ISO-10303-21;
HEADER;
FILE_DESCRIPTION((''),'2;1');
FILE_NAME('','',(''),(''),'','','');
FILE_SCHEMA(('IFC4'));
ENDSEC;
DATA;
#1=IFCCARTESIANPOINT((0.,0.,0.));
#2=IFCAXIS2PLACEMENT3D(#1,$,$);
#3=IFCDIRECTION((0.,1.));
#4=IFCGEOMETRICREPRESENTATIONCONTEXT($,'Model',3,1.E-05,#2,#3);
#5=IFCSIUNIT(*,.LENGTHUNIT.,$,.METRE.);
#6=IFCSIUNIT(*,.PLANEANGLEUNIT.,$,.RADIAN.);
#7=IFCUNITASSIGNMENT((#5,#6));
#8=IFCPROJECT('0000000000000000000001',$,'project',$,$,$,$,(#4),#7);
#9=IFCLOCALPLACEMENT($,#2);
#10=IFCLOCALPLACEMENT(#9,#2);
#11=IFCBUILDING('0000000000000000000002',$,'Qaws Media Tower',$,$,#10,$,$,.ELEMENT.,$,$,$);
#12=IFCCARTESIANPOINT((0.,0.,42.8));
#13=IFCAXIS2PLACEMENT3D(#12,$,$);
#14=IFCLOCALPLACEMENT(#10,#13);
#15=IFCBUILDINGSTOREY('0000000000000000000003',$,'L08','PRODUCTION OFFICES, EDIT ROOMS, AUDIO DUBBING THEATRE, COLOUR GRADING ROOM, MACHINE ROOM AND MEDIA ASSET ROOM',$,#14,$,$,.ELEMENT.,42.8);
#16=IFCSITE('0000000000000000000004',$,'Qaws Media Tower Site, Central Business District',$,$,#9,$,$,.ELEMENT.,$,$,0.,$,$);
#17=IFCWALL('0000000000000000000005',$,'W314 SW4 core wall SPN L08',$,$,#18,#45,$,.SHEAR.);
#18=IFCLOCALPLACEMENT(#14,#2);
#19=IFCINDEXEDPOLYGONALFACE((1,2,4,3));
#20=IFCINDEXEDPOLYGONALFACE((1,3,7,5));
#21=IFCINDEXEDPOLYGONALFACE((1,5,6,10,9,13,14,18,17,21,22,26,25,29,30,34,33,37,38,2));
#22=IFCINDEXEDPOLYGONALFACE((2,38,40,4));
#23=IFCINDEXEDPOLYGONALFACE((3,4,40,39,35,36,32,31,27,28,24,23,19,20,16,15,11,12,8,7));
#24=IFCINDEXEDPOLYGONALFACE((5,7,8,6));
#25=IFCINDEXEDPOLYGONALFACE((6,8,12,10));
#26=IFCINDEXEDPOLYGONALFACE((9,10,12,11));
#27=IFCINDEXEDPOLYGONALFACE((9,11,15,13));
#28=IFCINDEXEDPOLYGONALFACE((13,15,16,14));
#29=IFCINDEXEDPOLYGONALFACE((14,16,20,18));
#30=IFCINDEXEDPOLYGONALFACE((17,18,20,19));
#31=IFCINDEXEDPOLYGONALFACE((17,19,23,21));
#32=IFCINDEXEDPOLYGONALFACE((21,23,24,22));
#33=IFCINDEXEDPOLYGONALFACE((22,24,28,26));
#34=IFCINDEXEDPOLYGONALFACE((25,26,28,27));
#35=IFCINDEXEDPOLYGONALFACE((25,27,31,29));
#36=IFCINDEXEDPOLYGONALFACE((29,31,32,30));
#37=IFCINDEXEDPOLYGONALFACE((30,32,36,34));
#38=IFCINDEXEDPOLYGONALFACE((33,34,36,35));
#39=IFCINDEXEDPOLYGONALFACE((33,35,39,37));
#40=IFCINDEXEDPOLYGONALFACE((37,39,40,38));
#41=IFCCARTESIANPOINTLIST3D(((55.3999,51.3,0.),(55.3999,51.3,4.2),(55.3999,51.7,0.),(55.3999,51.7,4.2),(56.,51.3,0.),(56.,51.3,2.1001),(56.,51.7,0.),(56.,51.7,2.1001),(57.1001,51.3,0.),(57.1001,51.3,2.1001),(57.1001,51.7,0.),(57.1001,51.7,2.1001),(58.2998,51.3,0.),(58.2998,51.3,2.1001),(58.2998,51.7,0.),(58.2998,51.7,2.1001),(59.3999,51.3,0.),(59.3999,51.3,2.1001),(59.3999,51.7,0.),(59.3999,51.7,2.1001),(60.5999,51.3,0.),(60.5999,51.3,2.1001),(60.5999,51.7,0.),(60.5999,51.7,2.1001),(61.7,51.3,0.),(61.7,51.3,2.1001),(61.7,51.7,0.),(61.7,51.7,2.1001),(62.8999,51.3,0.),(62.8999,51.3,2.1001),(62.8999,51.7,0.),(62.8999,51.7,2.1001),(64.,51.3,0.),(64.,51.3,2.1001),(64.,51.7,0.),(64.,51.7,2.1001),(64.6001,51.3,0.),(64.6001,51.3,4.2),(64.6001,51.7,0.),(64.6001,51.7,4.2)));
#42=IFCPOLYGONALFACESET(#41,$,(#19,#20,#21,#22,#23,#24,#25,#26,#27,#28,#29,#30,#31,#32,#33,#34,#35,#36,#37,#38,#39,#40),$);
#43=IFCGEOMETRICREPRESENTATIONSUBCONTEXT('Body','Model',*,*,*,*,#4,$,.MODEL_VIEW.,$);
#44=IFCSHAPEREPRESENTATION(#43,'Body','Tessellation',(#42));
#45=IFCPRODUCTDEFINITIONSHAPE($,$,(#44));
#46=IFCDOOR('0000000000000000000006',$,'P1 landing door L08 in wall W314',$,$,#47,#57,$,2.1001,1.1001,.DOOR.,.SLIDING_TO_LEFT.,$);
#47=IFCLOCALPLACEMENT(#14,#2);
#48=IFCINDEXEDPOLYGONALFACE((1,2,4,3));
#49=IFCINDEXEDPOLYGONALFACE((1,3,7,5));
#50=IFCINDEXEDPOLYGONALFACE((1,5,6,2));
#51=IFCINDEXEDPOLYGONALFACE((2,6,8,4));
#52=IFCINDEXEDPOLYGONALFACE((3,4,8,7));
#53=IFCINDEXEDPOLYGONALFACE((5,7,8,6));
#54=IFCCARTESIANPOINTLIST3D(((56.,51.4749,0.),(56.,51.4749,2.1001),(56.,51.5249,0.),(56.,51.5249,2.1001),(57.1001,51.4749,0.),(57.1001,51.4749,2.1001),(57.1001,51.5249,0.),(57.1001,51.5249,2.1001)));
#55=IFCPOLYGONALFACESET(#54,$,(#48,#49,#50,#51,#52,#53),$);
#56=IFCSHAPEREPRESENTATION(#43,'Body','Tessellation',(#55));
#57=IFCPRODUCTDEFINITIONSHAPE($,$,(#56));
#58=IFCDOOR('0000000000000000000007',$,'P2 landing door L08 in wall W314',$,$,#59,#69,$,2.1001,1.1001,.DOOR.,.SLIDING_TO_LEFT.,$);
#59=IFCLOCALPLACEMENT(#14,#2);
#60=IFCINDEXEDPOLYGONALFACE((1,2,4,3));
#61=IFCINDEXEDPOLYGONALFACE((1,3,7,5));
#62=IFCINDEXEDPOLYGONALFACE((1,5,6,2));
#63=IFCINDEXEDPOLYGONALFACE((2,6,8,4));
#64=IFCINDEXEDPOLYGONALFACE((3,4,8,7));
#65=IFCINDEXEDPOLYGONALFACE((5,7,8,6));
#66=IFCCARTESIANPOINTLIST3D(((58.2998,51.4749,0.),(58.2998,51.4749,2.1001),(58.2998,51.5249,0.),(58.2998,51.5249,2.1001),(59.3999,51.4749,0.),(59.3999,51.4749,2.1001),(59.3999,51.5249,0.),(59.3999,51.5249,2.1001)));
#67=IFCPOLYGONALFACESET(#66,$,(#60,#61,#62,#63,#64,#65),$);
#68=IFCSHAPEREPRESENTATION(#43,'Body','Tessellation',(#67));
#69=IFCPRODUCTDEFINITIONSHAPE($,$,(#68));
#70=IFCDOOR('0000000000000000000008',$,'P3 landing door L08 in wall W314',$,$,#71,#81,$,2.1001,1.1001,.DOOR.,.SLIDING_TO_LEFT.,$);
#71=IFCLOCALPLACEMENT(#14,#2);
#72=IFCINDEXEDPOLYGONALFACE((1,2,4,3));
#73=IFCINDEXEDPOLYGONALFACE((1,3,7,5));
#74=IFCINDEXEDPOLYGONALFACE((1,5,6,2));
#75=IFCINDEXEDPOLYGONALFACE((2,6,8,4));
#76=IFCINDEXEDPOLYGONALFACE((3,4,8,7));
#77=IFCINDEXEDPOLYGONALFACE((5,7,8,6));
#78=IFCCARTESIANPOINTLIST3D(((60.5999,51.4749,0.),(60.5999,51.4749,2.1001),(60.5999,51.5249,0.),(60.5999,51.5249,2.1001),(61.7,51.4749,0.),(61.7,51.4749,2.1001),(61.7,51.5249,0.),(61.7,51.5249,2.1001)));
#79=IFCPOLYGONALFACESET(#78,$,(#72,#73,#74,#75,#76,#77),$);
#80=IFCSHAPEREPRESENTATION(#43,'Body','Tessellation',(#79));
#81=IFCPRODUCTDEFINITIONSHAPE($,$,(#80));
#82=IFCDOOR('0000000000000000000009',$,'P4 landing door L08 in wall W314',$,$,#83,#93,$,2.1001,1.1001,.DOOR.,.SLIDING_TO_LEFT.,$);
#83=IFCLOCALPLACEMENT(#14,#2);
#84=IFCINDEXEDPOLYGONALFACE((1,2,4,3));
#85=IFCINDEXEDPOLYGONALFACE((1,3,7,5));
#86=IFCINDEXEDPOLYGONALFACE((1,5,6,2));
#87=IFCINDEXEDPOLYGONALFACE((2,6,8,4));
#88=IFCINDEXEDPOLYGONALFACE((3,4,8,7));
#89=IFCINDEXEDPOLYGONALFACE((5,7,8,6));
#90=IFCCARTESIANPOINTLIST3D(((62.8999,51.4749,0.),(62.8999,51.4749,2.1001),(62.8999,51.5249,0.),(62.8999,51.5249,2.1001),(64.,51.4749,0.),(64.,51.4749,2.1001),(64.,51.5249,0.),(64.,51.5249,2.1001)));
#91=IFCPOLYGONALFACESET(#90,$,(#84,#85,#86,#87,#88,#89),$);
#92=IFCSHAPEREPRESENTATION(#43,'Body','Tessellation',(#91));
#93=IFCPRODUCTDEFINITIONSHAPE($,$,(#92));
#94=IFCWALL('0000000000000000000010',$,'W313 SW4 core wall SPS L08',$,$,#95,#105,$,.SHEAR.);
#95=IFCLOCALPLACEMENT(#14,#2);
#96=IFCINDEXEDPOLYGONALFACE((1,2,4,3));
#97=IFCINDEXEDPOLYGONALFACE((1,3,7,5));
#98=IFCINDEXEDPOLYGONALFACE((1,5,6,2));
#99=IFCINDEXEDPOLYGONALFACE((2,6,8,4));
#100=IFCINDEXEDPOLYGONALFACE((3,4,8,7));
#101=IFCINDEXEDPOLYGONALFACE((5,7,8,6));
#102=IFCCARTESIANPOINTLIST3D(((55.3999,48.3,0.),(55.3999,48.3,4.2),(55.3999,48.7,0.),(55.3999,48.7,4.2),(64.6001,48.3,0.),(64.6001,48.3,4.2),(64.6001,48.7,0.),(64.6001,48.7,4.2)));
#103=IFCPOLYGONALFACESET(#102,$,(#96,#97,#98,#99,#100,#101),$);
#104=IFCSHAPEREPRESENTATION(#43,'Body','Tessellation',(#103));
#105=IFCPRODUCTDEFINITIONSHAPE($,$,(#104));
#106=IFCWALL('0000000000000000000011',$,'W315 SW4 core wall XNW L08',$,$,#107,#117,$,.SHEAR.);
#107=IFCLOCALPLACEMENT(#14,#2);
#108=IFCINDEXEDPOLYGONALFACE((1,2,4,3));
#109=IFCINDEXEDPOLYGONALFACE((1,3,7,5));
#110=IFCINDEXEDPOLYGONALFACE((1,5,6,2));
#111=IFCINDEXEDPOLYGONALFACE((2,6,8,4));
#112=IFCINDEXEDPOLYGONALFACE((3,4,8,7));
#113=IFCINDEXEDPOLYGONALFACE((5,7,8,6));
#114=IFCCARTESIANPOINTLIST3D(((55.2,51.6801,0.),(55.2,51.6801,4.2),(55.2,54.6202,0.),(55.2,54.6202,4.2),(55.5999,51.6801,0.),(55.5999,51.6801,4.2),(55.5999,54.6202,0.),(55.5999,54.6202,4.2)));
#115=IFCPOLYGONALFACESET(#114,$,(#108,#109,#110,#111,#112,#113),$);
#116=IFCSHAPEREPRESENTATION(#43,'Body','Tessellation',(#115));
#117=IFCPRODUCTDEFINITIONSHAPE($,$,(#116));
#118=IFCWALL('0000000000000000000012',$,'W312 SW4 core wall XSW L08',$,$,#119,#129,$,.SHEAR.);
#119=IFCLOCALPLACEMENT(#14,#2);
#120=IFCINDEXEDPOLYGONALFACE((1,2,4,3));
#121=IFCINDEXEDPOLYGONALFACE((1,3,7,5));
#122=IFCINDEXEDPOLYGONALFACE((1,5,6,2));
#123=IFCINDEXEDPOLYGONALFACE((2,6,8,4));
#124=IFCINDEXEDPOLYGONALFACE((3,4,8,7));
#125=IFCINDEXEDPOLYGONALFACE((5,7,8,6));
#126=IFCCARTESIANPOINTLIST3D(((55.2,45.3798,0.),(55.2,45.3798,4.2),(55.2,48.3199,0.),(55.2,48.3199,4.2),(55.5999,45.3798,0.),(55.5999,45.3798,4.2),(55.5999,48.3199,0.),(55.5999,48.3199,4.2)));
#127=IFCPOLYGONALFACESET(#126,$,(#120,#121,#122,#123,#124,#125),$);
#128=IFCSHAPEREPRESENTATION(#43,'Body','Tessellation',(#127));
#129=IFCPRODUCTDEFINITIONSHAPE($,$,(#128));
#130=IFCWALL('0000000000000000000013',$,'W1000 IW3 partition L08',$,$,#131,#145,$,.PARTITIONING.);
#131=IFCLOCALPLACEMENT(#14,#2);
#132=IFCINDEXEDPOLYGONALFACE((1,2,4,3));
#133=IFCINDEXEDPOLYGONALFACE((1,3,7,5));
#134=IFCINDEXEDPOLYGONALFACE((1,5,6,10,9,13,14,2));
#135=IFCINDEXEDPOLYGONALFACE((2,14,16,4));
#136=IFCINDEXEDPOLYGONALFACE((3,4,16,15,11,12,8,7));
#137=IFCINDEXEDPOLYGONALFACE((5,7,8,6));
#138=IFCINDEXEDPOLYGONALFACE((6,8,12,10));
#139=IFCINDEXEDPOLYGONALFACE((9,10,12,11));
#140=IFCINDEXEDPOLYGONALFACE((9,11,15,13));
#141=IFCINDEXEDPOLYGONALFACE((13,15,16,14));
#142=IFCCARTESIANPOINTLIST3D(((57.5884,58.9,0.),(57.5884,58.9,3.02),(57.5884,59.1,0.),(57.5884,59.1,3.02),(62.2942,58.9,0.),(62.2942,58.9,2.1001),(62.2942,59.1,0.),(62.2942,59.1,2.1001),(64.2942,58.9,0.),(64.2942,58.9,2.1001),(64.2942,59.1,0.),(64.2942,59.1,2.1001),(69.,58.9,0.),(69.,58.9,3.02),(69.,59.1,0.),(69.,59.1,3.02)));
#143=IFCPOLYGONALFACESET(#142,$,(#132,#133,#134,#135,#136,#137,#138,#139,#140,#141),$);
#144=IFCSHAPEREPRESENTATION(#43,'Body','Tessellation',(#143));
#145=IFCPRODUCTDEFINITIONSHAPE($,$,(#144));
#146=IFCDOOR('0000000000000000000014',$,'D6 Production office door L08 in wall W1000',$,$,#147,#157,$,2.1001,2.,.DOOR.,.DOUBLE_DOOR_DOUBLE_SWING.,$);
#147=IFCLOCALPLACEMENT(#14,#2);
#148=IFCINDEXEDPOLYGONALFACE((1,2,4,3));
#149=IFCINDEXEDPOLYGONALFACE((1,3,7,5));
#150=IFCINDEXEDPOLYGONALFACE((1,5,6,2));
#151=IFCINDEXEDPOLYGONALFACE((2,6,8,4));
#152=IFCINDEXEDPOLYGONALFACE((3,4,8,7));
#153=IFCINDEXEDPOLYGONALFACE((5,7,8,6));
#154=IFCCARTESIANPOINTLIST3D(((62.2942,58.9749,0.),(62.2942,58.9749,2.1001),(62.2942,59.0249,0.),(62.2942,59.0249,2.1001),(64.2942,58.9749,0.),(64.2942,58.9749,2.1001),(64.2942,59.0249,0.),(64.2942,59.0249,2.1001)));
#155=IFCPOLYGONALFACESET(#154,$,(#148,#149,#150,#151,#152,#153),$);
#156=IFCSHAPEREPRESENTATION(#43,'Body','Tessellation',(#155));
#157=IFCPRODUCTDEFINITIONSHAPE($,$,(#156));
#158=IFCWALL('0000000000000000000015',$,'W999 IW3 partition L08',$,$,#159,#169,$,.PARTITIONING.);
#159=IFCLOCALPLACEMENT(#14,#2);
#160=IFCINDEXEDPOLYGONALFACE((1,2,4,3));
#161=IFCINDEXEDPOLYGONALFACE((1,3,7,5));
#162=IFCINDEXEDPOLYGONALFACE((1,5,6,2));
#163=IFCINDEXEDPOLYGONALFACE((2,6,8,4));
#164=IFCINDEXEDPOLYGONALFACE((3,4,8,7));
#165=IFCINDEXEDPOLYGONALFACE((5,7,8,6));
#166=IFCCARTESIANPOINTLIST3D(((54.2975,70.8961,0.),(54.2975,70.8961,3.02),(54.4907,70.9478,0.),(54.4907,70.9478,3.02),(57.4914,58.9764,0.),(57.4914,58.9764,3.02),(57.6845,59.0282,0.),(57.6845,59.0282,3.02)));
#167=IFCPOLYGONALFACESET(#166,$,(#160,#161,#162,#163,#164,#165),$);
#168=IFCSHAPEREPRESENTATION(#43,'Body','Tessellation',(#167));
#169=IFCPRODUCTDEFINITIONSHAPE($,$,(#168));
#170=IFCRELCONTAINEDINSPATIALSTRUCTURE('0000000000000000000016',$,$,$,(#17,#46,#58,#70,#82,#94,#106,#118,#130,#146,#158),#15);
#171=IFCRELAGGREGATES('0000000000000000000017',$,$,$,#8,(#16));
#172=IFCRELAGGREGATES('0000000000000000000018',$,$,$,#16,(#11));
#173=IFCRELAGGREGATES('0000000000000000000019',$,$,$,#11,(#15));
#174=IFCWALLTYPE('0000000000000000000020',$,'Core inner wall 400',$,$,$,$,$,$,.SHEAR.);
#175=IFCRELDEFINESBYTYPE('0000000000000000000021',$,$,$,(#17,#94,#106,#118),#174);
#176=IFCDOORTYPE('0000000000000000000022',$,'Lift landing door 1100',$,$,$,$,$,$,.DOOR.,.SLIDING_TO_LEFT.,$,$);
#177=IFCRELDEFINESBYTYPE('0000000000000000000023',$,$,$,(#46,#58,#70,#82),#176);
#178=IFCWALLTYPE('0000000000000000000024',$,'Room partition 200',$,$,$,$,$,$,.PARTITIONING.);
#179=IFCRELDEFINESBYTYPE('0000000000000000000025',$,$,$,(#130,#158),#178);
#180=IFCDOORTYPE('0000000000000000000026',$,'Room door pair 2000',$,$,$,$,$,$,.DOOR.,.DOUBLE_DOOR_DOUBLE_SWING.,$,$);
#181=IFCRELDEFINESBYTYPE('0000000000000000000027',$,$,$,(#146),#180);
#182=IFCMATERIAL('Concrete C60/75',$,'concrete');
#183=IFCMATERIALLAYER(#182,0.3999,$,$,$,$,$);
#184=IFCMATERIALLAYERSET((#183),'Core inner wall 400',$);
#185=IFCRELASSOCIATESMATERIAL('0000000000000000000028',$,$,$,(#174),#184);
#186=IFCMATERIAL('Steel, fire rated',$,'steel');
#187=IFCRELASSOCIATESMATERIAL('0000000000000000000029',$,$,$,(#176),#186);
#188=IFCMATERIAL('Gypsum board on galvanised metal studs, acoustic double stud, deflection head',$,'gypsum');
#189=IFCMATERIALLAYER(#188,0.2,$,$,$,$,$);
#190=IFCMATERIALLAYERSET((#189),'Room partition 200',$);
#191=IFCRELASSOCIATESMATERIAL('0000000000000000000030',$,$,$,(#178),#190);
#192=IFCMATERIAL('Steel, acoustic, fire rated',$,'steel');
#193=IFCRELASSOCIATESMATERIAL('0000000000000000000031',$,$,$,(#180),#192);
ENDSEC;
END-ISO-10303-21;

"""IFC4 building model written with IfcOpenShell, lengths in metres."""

from ifc_helpers import new_model, si_unit, direction, frame, frame_2d, origin, place, context, subcontext, project, spatial, rectangle, extrude, material, layer, layer_set, type_object, element, fill, save


model = new_model("IFC4")

# Units and contexts
model_context = context("Model", 3, precision=1e-05, world=origin(), true_north=direction((0.0, 1.0)))
body_context = subcontext(model_context, "Body", "Model", "MODEL_VIEW")
ifc_project = project(units=[si_unit("LENGTHUNIT", "METRE"), si_unit("PLANEANGLEUNIT", "RADIAN")], contexts=[model_context])

# Site, building, storey
site_placement = place(None, origin())
site = spatial("IfcSite", under=ifc_project, at=site_placement, Name="Qaws Media Tower Site, Central Business District", CompositionType="ELEMENT", RefElevation=0.0)
building_placement = place(site_placement, origin())
building = spatial("IfcBuilding", under=site, at=building_placement, Name="Qaws Media Tower", CompositionType="ELEMENT")
storey_placement = place(building_placement, frame((0.0, 0.0, 42.8)))
storey = spatial("IfcBuildingStorey", under=building, at=storey_placement, Name="L08", Description="PRODUCTION OFFICES, EDIT ROOMS, AUDIO DUBBING THEATRE, COLOUR GRADING ROOM, MACHINE ROOM AND MEDIA ASSET ROOM", CompositionType="ELEMENT", Elevation=42.8)

# Wall, openings, doors
ifc_material_1 = material(Name="Concrete C60/75", Category="concrete")
ifc_layer_1 = layer(ifc_material_1, 0.3999)
ifc_layer_set_1 = layer_set([ifc_layer_1], Name="Core inner wall 400")
wall_type_1 = type_object("IfcWallType", Name="Core inner wall 400", PredefinedType="SHEAR", material=ifc_layer_set_1)
wall_1_placement = place(storey_placement, frame((55.3999, 51.5, 0.0), z_axis=(0.0, 0.0, 1.0), x_axis=(1.0, 0.0, 0.0)))
wall_1 = element("IfcWall", 1, at=wall_1_placement, inside=storey, type_object=wall_type_1, Name="W314 SW4 core wall SPN L08", PredefinedType="SHEAR", context=body_context, shape_type="SweptSolid", body=[
    extrude(rectangle(XDim=9.2002, YDim=0.3999, at=frame_2d((4.6001, 0.0))), origin(), (0.0, 0.0, 1.0), 4.2),
])
opening_1_placement = place(wall_1_placement, frame((0.6001, 0.0, 0.0)))
opening_1 = element("IfcOpeningElement", 2, at=opening_1_placement, cuts=wall_1, PredefinedType="OPENING", context=body_context, shape_type="SweptSolid", body=[
    extrude(rectangle(XDim=1.1001, YDim=2.1001, at=frame_2d((0.55, 1.05))), frame((0.0, 0.21, 0.0), z_axis=(0.0, -1.0, 0.0), x_axis=(1.0, 0.0, 0.0)), (0.0, 0.0, 1.0), 0.4199),
])
opening_2_placement = place(wall_1_placement, frame((2.8999, 0.0, 0.0)))
opening_2 = element("IfcOpeningElement", 3, at=opening_2_placement, cuts=wall_1, PredefinedType="OPENING", context=body_context, shape_type="SweptSolid", body=[
    extrude(rectangle(XDim=1.1001, YDim=2.1001, at=frame_2d((0.55, 1.05))), frame((0.0, 0.21, 0.0), z_axis=(0.0, -1.0, 0.0), x_axis=(1.0, 0.0, 0.0)), (0.0, 0.0, 1.0), 0.4199),
])
opening_3_placement = place(wall_1_placement, frame((5.2, 0.0, 0.0)))
opening_3 = element("IfcOpeningElement", 4, at=opening_3_placement, cuts=wall_1, PredefinedType="OPENING", context=body_context, shape_type="SweptSolid", body=[
    extrude(rectangle(XDim=1.1001, YDim=2.1001, at=frame_2d((0.55, 1.05))), frame((0.0, 0.21, 0.0), z_axis=(0.0, -1.0, 0.0), x_axis=(1.0, 0.0, 0.0)), (0.0, 0.0, 1.0), 0.4199),
])
opening_4_placement = place(wall_1_placement, frame((7.5, 0.0, 0.0)))
opening_4 = element("IfcOpeningElement", 5, at=opening_4_placement, cuts=wall_1, PredefinedType="OPENING", context=body_context, shape_type="SweptSolid", body=[
    extrude(rectangle(XDim=1.1001, YDim=2.1001, at=frame_2d((0.55, 1.05))), frame((0.0, 0.21, 0.0), z_axis=(0.0, -1.0, 0.0), x_axis=(1.0, 0.0, 0.0)), (0.0, 0.0, 1.0), 0.4199),
])
ifc_material_2 = material(Name="Steel, fire rated", Category="steel")
door_type_1 = type_object("IfcDoorType", Name="Lift landing door 1100", OperationType="SLIDING_TO_LEFT", PredefinedType="DOOR", material=ifc_material_2)
door_1_placement = place(opening_1_placement, origin())
door_1 = element("IfcDoor", 6, at=door_1_placement, inside=storey, type_object=door_type_1, Name="P1 landing door L08 in wall W314", OperationType="SLIDING_TO_LEFT", OverallHeight=2.1001, OverallWidth=1.1001, PredefinedType="DOOR", context=body_context, shape_type="SweptSolid", body=[
    extrude(rectangle(XDim=1.1001, YDim=2.1001, at=frame_2d((0.55, 1.05))), frame((0.0, 0.0249, 0.0), z_axis=(0.0, -1.0, 0.0), x_axis=(1.0, 0.0, 0.0)), (0.0, 0.0, 1.0), 0.05),
])
fill(opening_1, door_1)
door_2_placement = place(opening_2_placement, origin())
door_2 = element("IfcDoor", 7, at=door_2_placement, inside=storey, type_object=door_type_1, Name="P2 landing door L08 in wall W314", OperationType="SLIDING_TO_LEFT", OverallHeight=2.1001, OverallWidth=1.1001, PredefinedType="DOOR", context=body_context, shape_type="SweptSolid", body=[
    extrude(rectangle(XDim=1.1001, YDim=2.1001, at=frame_2d((0.55, 1.05))), frame((0.0, 0.0249, 0.0), z_axis=(0.0, -1.0, 0.0), x_axis=(1.0, 0.0, 0.0)), (0.0, 0.0, 1.0), 0.05),
])
fill(opening_2, door_2)
door_3_placement = place(opening_3_placement, origin())
door_3 = element("IfcDoor", 8, at=door_3_placement, inside=storey, type_object=door_type_1, Name="P3 landing door L08 in wall W314", OperationType="SLIDING_TO_LEFT", OverallHeight=2.1001, OverallWidth=1.1001, PredefinedType="DOOR", context=body_context, shape_type="SweptSolid", body=[
    extrude(rectangle(XDim=1.1001, YDim=2.1001, at=frame_2d((0.55, 1.05))), frame((0.0, 0.0249, 0.0), z_axis=(0.0, -1.0, 0.0), x_axis=(1.0, 0.0, 0.0)), (0.0, 0.0, 1.0), 0.05),
])
fill(opening_3, door_3)
door_4_placement = place(opening_4_placement, origin())
door_4 = element("IfcDoor", 9, at=door_4_placement, inside=storey, type_object=door_type_1, Name="P4 landing door L08 in wall W314", OperationType="SLIDING_TO_LEFT", OverallHeight=2.1001, OverallWidth=1.1001, PredefinedType="DOOR", context=body_context, shape_type="SweptSolid", body=[
    extrude(rectangle(XDim=1.1001, YDim=2.1001, at=frame_2d((0.55, 1.05))), frame((0.0, 0.0249, 0.0), z_axis=(0.0, -1.0, 0.0), x_axis=(1.0, 0.0, 0.0)), (0.0, 0.0, 1.0), 0.05),
])
fill(opening_4, door_4)

# Walls
wall_2_placement = place(storey_placement, frame((55.3999, 48.5, 0.0), z_axis=(0.0, 0.0, 1.0), x_axis=(1.0, 0.0, 0.0)))
element("IfcWall", 10, at=wall_2_placement, inside=storey, type_object=wall_type_1, Name="W313 SW4 core wall SPS L08", PredefinedType="SHEAR", context=body_context, shape_type="SweptSolid", body=[
    extrude(rectangle(XDim=9.2002, YDim=0.3999, at=frame_2d((4.6001, 0.0))), origin(), (0.0, 0.0, 1.0), 4.2),
])
for number, where, z_axis, x_axis, name in (
    (11, (55.3999, 51.6799, 0.0), (0.0, 0.0, 1.0), (0.0, 1.0, 0.0), "W315 SW4 core wall XNW L08"),
    (12, (55.3999, 48.3201, 0.0), (0.0, 0.0, 1.0), (0.0, -1.0, 0.0), "W312 SW4 core wall XSW L08"),
):
    element("IfcWall", number, at=place(storey_placement, frame(where, z_axis=z_axis, x_axis=x_axis)), inside=storey, type_object=wall_type_1, Name=name, PredefinedType="SHEAR", context=body_context, shape_type="SweptSolid", body=[
        extrude(rectangle(XDim=2.9402, YDim=0.3999, at=frame_2d((1.4702, 0.0))), origin(), (0.0, 0.0, 1.0), 4.2),
    ])

# Wall, opening, door
ifc_material_3 = material(Name="Gypsum board on galvanised metal studs, acoustic double stud, deflection head", Category="gypsum")
ifc_layer_2 = layer(ifc_material_3, 0.2)
ifc_layer_set_2 = layer_set([ifc_layer_2], Name="Room partition 200")
wall_type_2 = type_object("IfcWallType", Name="Room partition 200", PredefinedType="PARTITIONING", material=ifc_layer_set_2)
wall_3_placement = place(storey_placement, frame((57.5884, 59.0, 0.0), z_axis=(0.0, 0.0, 1.0), x_axis=(1.0, 0.0, 0.0)))
wall_3 = element("IfcWall", 13, at=wall_3_placement, inside=storey, type_object=wall_type_2, Name="W1000 IW3 partition L08", PredefinedType="PARTITIONING", context=body_context, shape_type="SweptSolid", body=[
    extrude(rectangle(XDim=11.4116, YDim=0.2, at=frame_2d((5.7058, 0.0))), origin(), (0.0, 0.0, 1.0), 3.02),
])
opening_5_placement = place(wall_3_placement, frame((4.7058, 0.0, 0.0)))
opening_5 = element("IfcOpeningElement", 14, at=opening_5_placement, cuts=wall_3, PredefinedType="OPENING", context=body_context, shape_type="SweptSolid", body=[
    extrude(rectangle(XDim=2.0, YDim=2.1001, at=frame_2d((1.0, 1.05))), frame((0.0, 0.1099, 0.0), z_axis=(0.0, -1.0, 0.0), x_axis=(1.0, 0.0, 0.0)), (0.0, 0.0, 1.0), 0.22),
])
ifc_material_4 = material(Name="Steel, acoustic, fire rated", Category="steel")
door_type_2 = type_object("IfcDoorType", Name="Room door pair 2000", OperationType="DOUBLE_DOOR_DOUBLE_SWING", PredefinedType="DOOR", material=ifc_material_4)
door_5_placement = place(opening_5_placement, origin())
door_5 = element("IfcDoor", 15, at=door_5_placement, inside=storey, type_object=door_type_2, Name="D6 Production office door L08 in wall W1000", OperationType="DOUBLE_DOOR_DOUBLE_SWING", OverallHeight=2.1001, OverallWidth=2.0, PredefinedType="DOOR", context=body_context, shape_type="SweptSolid", body=[
    extrude(rectangle(XDim=2.0, YDim=2.1001, at=frame_2d((1.0, 1.05))), frame((0.0, 0.0249, 0.0), z_axis=(0.0, -1.0, 0.0), x_axis=(1.0, 0.0, 0.0)), (0.0, 0.0, 1.0), 0.05),
])
fill(opening_5, door_5)

# Wall
wall_4_placement = place(storey_placement, frame((57.5879, 59.0024, 0.0), z_axis=(0.0, 0.0, 1.0), x_axis=(-0.258818, 0.965926, 0.0)))
element("IfcWall", 16, at=wall_4_placement, inside=storey, type_object=wall_type_2, Name="W999 IW3 partition L08", PredefinedType="PARTITIONING", context=body_context, shape_type="SweptSolid", body=[
    extrude(rectangle(XDim=12.3401, YDim=0.2, at=frame_2d((6.1699, 0.0))), origin(), (0.0, 0.0, 1.0), 3.02),
])

save(model, "model.ifc")
